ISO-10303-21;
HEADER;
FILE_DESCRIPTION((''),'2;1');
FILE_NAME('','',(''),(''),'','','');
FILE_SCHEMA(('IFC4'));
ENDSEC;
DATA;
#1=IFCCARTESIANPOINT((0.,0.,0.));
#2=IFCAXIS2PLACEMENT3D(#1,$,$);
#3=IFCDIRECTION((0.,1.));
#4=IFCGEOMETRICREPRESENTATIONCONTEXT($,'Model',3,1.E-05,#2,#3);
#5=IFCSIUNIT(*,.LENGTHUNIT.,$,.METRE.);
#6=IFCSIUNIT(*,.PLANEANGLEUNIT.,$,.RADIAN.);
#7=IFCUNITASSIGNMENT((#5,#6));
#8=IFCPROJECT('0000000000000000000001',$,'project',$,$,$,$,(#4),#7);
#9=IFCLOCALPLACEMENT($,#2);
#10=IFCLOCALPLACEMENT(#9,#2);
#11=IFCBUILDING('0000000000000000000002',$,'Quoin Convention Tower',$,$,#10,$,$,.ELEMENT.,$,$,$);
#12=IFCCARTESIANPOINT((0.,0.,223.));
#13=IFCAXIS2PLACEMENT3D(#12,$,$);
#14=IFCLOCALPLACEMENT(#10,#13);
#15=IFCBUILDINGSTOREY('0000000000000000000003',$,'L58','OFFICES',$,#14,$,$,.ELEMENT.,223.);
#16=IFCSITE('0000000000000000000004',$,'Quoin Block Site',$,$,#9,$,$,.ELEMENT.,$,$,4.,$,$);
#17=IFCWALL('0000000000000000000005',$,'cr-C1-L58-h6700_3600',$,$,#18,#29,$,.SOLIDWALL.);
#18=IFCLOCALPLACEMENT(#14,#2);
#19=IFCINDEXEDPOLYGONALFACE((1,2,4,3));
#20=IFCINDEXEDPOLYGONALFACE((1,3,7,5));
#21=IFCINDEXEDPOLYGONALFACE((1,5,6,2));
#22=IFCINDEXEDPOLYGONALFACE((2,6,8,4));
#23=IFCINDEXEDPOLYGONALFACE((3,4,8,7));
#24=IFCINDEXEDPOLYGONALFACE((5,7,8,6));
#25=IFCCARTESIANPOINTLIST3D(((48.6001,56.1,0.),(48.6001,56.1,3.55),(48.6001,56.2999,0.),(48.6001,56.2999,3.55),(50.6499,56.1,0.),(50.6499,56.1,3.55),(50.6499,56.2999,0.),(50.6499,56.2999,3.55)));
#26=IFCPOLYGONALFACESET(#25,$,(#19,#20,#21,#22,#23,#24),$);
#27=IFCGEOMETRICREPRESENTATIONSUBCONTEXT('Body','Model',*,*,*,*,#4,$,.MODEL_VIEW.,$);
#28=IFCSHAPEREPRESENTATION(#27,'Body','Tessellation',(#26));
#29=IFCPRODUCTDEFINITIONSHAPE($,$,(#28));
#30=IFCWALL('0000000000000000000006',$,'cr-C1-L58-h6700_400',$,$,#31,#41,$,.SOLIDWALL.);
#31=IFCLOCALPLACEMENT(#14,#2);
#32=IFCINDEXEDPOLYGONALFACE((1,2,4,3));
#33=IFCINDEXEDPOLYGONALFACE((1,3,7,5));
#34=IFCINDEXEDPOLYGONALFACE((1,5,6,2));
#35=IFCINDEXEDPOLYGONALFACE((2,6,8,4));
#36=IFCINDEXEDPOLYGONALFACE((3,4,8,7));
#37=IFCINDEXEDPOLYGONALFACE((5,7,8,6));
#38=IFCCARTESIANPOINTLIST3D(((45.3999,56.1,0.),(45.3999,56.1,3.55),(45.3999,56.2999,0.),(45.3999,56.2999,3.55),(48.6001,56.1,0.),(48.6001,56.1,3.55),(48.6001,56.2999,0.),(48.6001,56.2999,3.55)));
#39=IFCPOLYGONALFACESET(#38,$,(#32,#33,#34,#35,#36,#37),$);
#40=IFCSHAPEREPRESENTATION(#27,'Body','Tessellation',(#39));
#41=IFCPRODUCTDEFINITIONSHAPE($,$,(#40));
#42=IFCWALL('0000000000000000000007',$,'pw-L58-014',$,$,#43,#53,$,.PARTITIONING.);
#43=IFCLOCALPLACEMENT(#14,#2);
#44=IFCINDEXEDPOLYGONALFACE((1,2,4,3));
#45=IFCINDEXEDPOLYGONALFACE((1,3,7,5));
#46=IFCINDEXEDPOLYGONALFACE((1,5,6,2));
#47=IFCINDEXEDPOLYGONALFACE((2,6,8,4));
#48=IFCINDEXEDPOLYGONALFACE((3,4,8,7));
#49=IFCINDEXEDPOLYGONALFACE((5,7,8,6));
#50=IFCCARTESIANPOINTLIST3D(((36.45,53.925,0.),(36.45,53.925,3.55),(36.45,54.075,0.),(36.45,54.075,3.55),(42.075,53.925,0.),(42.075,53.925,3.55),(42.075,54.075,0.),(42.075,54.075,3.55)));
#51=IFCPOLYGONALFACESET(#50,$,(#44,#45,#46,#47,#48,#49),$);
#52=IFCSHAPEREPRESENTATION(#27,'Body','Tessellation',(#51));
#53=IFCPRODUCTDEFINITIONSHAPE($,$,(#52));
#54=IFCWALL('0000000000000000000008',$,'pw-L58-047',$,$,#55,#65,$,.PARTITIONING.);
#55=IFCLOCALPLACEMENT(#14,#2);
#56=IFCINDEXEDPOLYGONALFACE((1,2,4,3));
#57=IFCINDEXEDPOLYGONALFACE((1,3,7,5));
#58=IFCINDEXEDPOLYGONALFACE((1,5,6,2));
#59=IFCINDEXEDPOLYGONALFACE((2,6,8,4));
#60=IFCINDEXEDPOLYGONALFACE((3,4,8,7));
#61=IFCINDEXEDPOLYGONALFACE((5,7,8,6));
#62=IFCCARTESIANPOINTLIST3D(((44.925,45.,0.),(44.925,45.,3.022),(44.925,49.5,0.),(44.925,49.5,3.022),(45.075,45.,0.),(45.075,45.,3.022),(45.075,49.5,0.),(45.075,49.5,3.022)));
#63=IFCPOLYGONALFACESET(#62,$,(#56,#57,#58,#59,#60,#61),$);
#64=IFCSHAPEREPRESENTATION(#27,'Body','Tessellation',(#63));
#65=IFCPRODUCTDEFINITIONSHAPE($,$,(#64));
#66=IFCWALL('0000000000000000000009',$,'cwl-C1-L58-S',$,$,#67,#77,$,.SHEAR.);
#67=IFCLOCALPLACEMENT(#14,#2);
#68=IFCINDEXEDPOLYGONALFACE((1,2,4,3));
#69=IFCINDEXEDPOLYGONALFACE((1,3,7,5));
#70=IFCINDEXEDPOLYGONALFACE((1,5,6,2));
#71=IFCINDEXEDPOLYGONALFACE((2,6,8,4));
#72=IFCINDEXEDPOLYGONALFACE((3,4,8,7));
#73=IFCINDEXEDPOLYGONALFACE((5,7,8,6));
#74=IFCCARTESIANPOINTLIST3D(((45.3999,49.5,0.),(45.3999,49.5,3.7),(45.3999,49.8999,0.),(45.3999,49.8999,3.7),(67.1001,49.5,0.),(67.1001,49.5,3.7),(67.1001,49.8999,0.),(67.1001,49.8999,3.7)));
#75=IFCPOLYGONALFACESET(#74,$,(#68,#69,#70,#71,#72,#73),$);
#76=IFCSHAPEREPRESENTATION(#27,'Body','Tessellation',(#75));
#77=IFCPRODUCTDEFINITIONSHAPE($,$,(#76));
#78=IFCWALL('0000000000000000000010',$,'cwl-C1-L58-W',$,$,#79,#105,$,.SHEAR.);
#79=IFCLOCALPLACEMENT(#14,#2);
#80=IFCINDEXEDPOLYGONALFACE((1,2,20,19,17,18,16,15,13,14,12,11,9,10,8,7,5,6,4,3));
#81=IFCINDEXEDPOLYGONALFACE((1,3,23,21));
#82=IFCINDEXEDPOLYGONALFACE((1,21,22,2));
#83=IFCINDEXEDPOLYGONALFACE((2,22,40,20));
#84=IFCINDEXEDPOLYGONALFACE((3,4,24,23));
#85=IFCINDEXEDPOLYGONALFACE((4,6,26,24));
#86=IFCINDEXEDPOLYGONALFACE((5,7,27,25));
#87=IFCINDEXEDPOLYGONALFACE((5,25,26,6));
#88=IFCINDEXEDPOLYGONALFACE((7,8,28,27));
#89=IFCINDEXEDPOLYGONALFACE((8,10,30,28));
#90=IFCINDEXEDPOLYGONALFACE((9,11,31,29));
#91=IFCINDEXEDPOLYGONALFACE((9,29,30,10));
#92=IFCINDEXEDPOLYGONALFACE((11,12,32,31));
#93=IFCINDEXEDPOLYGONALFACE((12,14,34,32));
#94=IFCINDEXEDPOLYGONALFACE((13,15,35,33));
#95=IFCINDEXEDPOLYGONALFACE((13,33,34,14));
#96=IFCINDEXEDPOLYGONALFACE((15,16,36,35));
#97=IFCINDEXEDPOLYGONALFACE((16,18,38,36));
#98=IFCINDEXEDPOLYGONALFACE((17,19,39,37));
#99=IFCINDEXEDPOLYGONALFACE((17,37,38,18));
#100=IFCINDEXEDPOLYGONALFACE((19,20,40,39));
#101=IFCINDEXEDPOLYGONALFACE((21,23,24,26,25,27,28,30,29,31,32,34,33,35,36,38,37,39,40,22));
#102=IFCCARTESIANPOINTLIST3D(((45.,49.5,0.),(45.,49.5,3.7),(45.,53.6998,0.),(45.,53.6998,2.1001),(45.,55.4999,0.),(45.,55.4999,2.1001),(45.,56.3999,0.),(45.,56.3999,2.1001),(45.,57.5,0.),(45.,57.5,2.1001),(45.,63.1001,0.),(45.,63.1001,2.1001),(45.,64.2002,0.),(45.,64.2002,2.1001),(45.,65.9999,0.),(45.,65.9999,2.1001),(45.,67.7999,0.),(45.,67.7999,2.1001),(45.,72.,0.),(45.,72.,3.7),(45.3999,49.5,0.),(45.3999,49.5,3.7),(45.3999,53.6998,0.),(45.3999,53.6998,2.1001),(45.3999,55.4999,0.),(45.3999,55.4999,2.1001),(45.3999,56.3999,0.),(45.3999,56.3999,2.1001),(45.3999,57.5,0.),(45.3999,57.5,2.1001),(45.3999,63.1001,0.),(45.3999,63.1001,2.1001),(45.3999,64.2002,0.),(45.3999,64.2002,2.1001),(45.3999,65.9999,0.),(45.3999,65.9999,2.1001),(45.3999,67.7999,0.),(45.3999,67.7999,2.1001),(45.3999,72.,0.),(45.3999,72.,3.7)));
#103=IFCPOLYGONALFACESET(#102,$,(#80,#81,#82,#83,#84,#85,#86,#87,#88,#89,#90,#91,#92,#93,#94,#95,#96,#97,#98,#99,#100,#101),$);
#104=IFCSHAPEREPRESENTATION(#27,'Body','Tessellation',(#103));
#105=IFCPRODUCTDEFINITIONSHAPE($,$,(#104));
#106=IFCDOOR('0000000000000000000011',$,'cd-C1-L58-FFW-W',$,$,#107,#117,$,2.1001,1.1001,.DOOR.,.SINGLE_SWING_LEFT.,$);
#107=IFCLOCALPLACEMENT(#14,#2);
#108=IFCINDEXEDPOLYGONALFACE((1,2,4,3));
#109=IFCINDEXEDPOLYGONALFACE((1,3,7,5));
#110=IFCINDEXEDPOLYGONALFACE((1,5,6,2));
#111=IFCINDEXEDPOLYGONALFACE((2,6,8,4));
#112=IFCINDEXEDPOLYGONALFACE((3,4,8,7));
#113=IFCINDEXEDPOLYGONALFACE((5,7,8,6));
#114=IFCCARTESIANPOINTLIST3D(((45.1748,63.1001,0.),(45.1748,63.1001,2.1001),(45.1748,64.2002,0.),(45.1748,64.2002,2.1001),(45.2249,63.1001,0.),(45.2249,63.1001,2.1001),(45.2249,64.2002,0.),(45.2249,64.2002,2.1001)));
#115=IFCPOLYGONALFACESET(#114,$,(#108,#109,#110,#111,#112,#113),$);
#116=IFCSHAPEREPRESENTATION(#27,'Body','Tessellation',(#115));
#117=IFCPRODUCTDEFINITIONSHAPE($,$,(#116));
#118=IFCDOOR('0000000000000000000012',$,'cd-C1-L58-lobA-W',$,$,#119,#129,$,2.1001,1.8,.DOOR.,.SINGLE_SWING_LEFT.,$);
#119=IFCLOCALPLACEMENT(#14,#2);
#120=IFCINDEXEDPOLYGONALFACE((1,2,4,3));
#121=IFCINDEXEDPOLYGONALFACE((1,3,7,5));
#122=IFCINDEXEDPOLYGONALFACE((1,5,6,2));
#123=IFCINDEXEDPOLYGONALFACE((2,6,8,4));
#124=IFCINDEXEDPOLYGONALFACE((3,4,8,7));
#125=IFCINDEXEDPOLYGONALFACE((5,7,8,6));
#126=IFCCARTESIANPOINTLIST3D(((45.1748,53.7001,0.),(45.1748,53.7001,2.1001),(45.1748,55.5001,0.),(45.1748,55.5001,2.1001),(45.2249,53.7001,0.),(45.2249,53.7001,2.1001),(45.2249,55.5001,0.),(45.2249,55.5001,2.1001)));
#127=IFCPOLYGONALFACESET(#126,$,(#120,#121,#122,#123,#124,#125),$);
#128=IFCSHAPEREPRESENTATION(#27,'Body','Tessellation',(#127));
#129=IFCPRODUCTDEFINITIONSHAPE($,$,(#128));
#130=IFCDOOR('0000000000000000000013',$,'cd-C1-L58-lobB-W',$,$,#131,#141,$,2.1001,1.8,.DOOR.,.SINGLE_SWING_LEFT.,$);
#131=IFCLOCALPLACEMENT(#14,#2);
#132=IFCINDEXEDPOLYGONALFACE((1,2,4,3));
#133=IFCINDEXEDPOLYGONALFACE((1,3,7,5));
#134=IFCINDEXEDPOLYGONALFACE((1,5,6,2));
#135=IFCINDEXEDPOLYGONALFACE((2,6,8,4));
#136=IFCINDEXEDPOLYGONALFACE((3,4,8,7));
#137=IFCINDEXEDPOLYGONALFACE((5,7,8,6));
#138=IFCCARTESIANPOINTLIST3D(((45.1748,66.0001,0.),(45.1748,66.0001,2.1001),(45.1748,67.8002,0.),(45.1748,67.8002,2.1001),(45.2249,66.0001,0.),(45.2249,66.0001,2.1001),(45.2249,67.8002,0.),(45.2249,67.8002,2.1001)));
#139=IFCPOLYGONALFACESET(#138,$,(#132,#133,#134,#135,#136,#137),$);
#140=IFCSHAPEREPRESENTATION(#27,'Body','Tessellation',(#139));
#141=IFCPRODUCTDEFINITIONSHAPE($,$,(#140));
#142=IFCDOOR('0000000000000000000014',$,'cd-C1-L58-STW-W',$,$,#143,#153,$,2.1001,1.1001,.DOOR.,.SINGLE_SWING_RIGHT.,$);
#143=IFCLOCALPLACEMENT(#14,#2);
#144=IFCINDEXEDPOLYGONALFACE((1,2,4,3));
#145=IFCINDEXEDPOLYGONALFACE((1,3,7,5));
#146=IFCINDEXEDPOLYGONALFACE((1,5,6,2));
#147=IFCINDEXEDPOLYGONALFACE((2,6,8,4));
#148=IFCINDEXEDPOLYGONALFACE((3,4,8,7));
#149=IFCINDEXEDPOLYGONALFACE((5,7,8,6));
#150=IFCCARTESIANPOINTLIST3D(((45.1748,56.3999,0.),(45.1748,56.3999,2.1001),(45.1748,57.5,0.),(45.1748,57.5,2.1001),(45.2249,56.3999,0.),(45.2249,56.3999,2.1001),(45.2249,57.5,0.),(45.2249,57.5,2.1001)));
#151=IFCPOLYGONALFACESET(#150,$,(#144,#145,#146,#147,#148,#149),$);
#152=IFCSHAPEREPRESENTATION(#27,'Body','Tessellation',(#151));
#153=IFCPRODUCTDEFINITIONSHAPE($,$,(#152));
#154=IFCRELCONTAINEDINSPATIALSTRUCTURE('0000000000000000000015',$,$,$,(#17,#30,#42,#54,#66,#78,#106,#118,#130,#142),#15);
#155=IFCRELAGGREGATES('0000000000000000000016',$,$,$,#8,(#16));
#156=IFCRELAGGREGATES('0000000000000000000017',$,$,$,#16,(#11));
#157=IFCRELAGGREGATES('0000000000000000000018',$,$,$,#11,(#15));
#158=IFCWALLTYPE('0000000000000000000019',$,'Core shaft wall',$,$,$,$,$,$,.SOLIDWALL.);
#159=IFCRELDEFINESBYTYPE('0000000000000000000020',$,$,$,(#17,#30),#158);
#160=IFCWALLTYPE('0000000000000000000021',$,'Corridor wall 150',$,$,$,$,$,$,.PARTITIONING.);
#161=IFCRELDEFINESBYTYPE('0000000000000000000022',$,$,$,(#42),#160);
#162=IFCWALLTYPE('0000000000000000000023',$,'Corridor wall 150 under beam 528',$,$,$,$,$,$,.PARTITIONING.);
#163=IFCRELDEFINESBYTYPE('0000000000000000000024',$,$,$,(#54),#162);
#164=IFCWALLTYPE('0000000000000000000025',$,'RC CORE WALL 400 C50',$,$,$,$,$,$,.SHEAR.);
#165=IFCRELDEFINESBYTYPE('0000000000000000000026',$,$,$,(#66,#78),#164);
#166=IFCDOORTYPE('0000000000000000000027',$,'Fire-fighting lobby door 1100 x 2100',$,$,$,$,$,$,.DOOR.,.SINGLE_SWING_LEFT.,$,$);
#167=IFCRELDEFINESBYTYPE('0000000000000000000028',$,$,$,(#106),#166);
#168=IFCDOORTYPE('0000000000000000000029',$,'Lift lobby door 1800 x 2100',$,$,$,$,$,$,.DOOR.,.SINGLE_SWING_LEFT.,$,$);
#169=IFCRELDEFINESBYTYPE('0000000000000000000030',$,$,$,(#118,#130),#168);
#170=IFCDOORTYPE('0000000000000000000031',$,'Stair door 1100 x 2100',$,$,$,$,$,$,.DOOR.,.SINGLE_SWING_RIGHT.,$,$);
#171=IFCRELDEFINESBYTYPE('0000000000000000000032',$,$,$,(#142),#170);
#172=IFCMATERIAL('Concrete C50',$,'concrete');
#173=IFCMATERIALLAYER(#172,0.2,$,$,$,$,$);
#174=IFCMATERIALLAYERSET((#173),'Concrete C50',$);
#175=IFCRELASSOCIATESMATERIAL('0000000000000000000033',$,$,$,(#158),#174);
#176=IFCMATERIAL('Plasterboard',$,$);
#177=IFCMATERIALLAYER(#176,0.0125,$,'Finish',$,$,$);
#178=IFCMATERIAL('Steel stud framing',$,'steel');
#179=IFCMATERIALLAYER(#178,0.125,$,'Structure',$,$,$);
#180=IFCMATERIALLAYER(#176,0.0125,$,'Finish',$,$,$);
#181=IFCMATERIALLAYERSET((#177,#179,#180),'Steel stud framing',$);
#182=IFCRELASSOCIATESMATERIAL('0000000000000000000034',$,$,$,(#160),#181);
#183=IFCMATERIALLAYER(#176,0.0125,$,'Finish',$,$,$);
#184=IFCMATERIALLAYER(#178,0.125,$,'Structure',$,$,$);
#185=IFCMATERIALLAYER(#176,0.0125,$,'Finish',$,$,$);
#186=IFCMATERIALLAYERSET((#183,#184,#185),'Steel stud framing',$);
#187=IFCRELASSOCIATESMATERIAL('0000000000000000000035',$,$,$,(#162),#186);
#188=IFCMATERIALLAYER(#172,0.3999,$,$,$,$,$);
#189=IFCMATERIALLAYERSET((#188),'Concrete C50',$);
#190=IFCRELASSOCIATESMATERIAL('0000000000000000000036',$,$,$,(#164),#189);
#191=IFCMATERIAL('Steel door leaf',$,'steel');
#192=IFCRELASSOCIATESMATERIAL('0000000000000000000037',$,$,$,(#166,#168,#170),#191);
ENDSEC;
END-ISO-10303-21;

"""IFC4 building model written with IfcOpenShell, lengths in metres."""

from ifc_helpers import new_model, si_unit, direction, frame, frame_2d, origin, place, context, subcontext, project, spatial, rectangle, extrude, material, layer, layer_set, type_object, element, fill, save


model = new_model("IFC4")

# Units and contexts
model_context = context("Model", 3, precision=1e-05, world=origin(), true_north=direction((0.0, 1.0)))
body_context = subcontext(model_context, "Body", "Model", "MODEL_VIEW")
ifc_project = project(units=[si_unit("LENGTHUNIT", "METRE"), si_unit("PLANEANGLEUNIT", "RADIAN")], contexts=[model_context])

# Site, building, storey
site_placement = place(None, origin())
site = spatial("IfcSite", under=ifc_project, at=site_placement, Name="Quoin Block Site", CompositionType="ELEMENT", RefElevation=4.0)
building_placement = place(site_placement, origin())
building = spatial("IfcBuilding", under=site, at=building_placement, Name="Quoin Convention Tower", CompositionType="ELEMENT")
storey_placement = place(building_placement, frame((0.0, 0.0, 223.0)))
storey = spatial("IfcBuildingStorey", under=building, at=storey_placement, Name="L58", Description="OFFICES", CompositionType="ELEMENT", Elevation=223.0)

# Shared definitions
ifc_material_1 = material(Name="Plasterboard")
ifc_material_2 = material(Name="Steel stud framing", Category="steel")
ifc_material_3 = material(Name="Steel door leaf", Category="steel")

# Walls
ifc_material_4 = material(Name="Concrete C50", Category="concrete")
ifc_layer_1 = layer(ifc_material_4, 0.2)
ifc_layer_set_1 = layer_set([ifc_layer_1], Name="Concrete C50")
wall_type_1 = type_object("IfcWallType", Name="Core shaft wall", PredefinedType="SOLIDWALL", material=ifc_layer_set_1)
wall_1_placement = place(storey_placement, frame((48.6001, 56.2, 0.0), z_axis=(0.0, 0.0, 1.0), x_axis=(1.0, 0.0, 0.0)))
element("IfcWall", 1, at=wall_1_placement, inside=storey, type_object=wall_type_1, Name="cr-C1-L58-h6700_3600", PredefinedType="SOLIDWALL", context=body_context, shape_type="SweptSolid", body=[
    extrude(rectangle(XDim=2.0498, YDim=0.2, at=frame_2d((1.0249, 0.0))), origin(), (0.0, 0.0, 1.0), 3.55),
])
wall_2_placement = place(storey_placement, frame((45.3999, 56.2, 0.0), z_axis=(0.0, 0.0, 1.0), x_axis=(1.0, 0.0, 0.0)))
element("IfcWall", 2, at=wall_2_placement, inside=storey, type_object=wall_type_1, Name="cr-C1-L58-h6700_400", PredefinedType="SOLIDWALL", context=body_context, shape_type="SweptSolid", body=[
    extrude(rectangle(XDim=3.2002, YDim=0.2, at=frame_2d((1.6001, 0.0))), origin(), (0.0, 0.0, 1.0), 3.55),
])
ifc_layer_2 = layer(ifc_material_1, 0.0125, Name="Finish")
ifc_layer_3 = layer(ifc_material_2, 0.125, Name="Structure")
ifc_layer_4 = layer(ifc_material_1, 0.0125, Name="Finish")
ifc_layer_set_2 = layer_set([ifc_layer_2, ifc_layer_3, ifc_layer_4], Name="Steel stud framing")
wall_type_2 = type_object("IfcWallType", Name="Corridor wall 150", PredefinedType="PARTITIONING", material=ifc_layer_set_2)
wall_3_placement = place(storey_placement, frame((36.45, 54.0, 0.0), z_axis=(0.0, 0.0, 1.0), x_axis=(1.0, 0.0, 0.0)))
element("IfcWall", 3, at=wall_3_placement, inside=storey, type_object=wall_type_2, Name="pw-L58-014", PredefinedType="PARTITIONING", context=body_context, shape_type="SweptSolid", body=[
    extrude(rectangle(XDim=5.625, YDim=0.1499, at=frame_2d((2.8125, 0.0))), origin(), (0.0, 0.0, 1.0), 3.55),
])
ifc_layer_5 = layer(ifc_material_1, 0.0125, Name="Finish")
ifc_layer_6 = layer(ifc_material_2, 0.125, Name="Structure")
ifc_layer_7 = layer(ifc_material_1, 0.0125, Name="Finish")
ifc_layer_set_3 = layer_set([ifc_layer_5, ifc_layer_6, ifc_layer_7], Name="Steel stud framing")
wall_type_3 = type_object("IfcWallType", Name="Corridor wall 150 under beam 528", PredefinedType="PARTITIONING", material=ifc_layer_set_3)
wall_4_placement = place(storey_placement, frame((45.0, 45.0, 0.0), z_axis=(0.0, 0.0, 1.0), x_axis=(0.0, 1.0, 0.0)))
element("IfcWall", 4, at=wall_4_placement, inside=storey, type_object=wall_type_3, Name="pw-L58-047", PredefinedType="PARTITIONING", context=body_context, shape_type="SweptSolid", body=[
    extrude(rectangle(XDim=4.5, YDim=0.1499, at=frame_2d((2.25, 0.0))), origin(), (0.0, 0.0, 1.0), 3.022),
])
ifc_layer_8 = layer(ifc_material_4, 0.3999)
ifc_layer_set_4 = layer_set([ifc_layer_8], Name="Concrete C50")
wall_type_4 = type_object("IfcWallType", Name="RC CORE WALL 400 C50", PredefinedType="SHEAR", material=ifc_layer_set_4)
wall_5_placement = place(storey_placement, frame((45.3999, 49.7, 0.0), z_axis=(0.0, 0.0, 1.0), x_axis=(1.0, 0.0, 0.0)))
element("IfcWall", 5, at=wall_5_placement, inside=storey, type_object=wall_type_4, Name="cwl-C1-L58-S", PredefinedType="SHEAR", context=body_context, shape_type="SweptSolid", body=[
    extrude(rectangle(XDim=21.7002, YDim=0.3999, at=frame_2d((10.8501, 0.0))), origin(), (0.0, 0.0, 1.0), 3.7),
])

# Wall, openings, doors
wall_6_placement = place(storey_placement, frame((45.2, 49.5, 0.0), z_axis=(0.0, 0.0, 1.0), x_axis=(0.0, 1.0, 0.0)))
wall_6 = element("IfcWall", 6, at=wall_6_placement, inside=storey, type_object=wall_type_4, Name="cwl-C1-L58-W", PredefinedType="SHEAR", context=body_context, shape_type="SweptSolid", body=[
    extrude(rectangle(XDim=22.5, YDim=0.3999, at=frame_2d((11.25, 0.0))), origin(), (0.0, 0.0, 1.0), 3.7),
])
opening_1_placement = place(wall_6_placement, frame((4.2, 0.0, 0.0)))
opening_1 = element("IfcOpeningElement", 7, at=opening_1_placement, cuts=wall_6, PredefinedType="OPENING", context=body_context, shape_type="SweptSolid", body=[
    extrude(rectangle(XDim=1.8, YDim=2.1001, at=frame_2d((0.8999, 1.05))), frame((0.0, 0.21, 0.0), z_axis=(0.0, -1.0, 0.0), x_axis=(1.0, 0.0, 0.0)), (0.0, 0.0, 1.0), 0.4199),
])
opening_2_placement = place(wall_6_placement, frame((6.8999, 0.0, 0.0)))
opening_2 = element("IfcOpeningElement", 8, at=opening_2_placement, cuts=wall_6, PredefinedType="OPENING", context=body_context, shape_type="SweptSolid", body=[
    extrude(rectangle(XDim=1.1001, YDim=2.1001, at=frame_2d((0.55, 1.05))), frame((0.0, 0.21, 0.0), z_axis=(0.0, -1.0, 0.0), x_axis=(1.0, 0.0, 0.0)), (0.0, 0.0, 1.0), 0.4199),
])
opening_3_placement = place(wall_6_placement, frame((13.6001, 0.0, 0.0)))
opening_3 = element("IfcOpeningElement", 9, at=opening_3_placement, cuts=wall_6, PredefinedType="OPENING", context=body_context, shape_type="SweptSolid", body=[
    extrude(rectangle(XDim=1.1001, YDim=2.1001, at=frame_2d((0.55, 1.05))), frame((0.0, 0.21, 0.0), z_axis=(0.0, -1.0, 0.0), x_axis=(1.0, 0.0, 0.0)), (0.0, 0.0, 1.0), 0.4199),
])
opening_4_placement = place(wall_6_placement, frame((16.5, 0.0, 0.0)))
opening_4 = element("IfcOpeningElement", 10, at=opening_4_placement, cuts=wall_6, PredefinedType="OPENING", context=body_context, shape_type="SweptSolid", body=[
    extrude(rectangle(XDim=1.8, YDim=2.1001, at=frame_2d((0.8999, 1.05))), frame((0.0, 0.21, 0.0), z_axis=(0.0, -1.0, 0.0), x_axis=(1.0, 0.0, 0.0)), (0.0, 0.0, 1.0), 0.4199),
])
door_type_1 = type_object("IfcDoorType", Name="Fire-fighting lobby door 1100 x 2100", OperationType="SINGLE_SWING_LEFT", PredefinedType="DOOR", material=ifc_material_3)
door_1_placement = place(opening_3_placement, frame((1.1001, 0.0, 0.0), z_axis=(0.0, 0.0, 1.0), x_axis=(-1.0, 0.0, 0.0)))
door_1 = element("IfcDoor", 11, at=door_1_placement, inside=storey, type_object=door_type_1, Name="cd-C1-L58-FFW-W", OperationType="SINGLE_SWING_LEFT", OverallHeight=2.1001, OverallWidth=1.1001, PredefinedType="DOOR", context=body_context, shape_type="SweptSolid", body=[
    extrude(rectangle(XDim=1.1001, YDim=2.1001, at=frame_2d((0.55, 1.05))), frame((0.0, 0.0249, 0.0), z_axis=(0.0, -1.0, 0.0), x_axis=(1.0, 0.0, 0.0)), (0.0, 0.0, 1.0), 0.05),
])
fill(opening_3, door_1)
door_type_2 = type_object("IfcDoorType", Name="Lift lobby door 1800 x 2100", OperationType="SINGLE_SWING_LEFT", PredefinedType="DOOR", material=ifc_material_3)
door_2_placement = place(opening_1_placement, frame((1.8, 0.0, 0.0), z_axis=(0.0, 0.0, 1.0), x_axis=(-1.0, 0.0, 0.0)))
door_2 = element("IfcDoor", 12, at=door_2_placement, inside=storey, type_object=door_type_2, Name="cd-C1-L58-lobA-W", OperationType="SINGLE_SWING_LEFT", OverallHeight=2.1001, OverallWidth=1.8, PredefinedType="DOOR", context=body_context, shape_type="SweptSolid", body=[
    extrude(rectangle(XDim=1.8, YDim=2.1001, at=frame_2d((0.8999, 1.05))), frame((0.0, 0.0249, 0.0), z_axis=(0.0, -1.0, 0.0), x_axis=(1.0, 0.0, 0.0)), (0.0, 0.0, 1.0), 0.05),
])
fill(opening_1, door_2)
door_3_placement = place(opening_4_placement, frame((1.8, 0.0, 0.0), z_axis=(0.0, 0.0, 1.0), x_axis=(-1.0, 0.0, 0.0)))
door_3 = element("IfcDoor", 13, at=door_3_placement, inside=storey, type_object=door_type_2, Name="cd-C1-L58-lobB-W", OperationType="SINGLE_SWING_LEFT", OverallHeight=2.1001, OverallWidth=1.8, PredefinedType="DOOR", context=body_context, shape_type="SweptSolid", body=[
    extrude(rectangle(XDim=1.8, YDim=2.1001, at=frame_2d((0.8999, 1.05))), frame((0.0, 0.0249, 0.0), z_axis=(0.0, -1.0, 0.0), x_axis=(1.0, 0.0, 0.0)), (0.0, 0.0, 1.0), 0.05),
])
fill(opening_4, door_3)
door_type_3 = type_object("IfcDoorType", Name="Stair door 1100 x 2100", OperationType="SINGLE_SWING_RIGHT", PredefinedType="DOOR", material=ifc_material_3)
door_4_placement = place(opening_2_placement, frame((1.1001, 0.0, 0.0), z_axis=(0.0, 0.0, 1.0), x_axis=(-1.0, 0.0, 0.0)))
door_4 = element("IfcDoor", 14, at=door_4_placement, inside=storey, type_object=door_type_3, Name="cd-C1-L58-STW-W", OperationType="SINGLE_SWING_RIGHT", OverallHeight=2.1001, OverallWidth=1.1001, PredefinedType="DOOR", context=body_context, shape_type="SweptSolid", body=[
    extrude(rectangle(XDim=1.1001, YDim=2.1001, at=frame_2d((0.55, 1.05))), frame((0.0, 0.0249, 0.0), z_axis=(0.0, -1.0, 0.0), x_axis=(1.0, 0.0, 0.0)), (0.0, 0.0, 1.0), 0.05),
])
fill(opening_2, door_4)

save(model, "model.ifc")
